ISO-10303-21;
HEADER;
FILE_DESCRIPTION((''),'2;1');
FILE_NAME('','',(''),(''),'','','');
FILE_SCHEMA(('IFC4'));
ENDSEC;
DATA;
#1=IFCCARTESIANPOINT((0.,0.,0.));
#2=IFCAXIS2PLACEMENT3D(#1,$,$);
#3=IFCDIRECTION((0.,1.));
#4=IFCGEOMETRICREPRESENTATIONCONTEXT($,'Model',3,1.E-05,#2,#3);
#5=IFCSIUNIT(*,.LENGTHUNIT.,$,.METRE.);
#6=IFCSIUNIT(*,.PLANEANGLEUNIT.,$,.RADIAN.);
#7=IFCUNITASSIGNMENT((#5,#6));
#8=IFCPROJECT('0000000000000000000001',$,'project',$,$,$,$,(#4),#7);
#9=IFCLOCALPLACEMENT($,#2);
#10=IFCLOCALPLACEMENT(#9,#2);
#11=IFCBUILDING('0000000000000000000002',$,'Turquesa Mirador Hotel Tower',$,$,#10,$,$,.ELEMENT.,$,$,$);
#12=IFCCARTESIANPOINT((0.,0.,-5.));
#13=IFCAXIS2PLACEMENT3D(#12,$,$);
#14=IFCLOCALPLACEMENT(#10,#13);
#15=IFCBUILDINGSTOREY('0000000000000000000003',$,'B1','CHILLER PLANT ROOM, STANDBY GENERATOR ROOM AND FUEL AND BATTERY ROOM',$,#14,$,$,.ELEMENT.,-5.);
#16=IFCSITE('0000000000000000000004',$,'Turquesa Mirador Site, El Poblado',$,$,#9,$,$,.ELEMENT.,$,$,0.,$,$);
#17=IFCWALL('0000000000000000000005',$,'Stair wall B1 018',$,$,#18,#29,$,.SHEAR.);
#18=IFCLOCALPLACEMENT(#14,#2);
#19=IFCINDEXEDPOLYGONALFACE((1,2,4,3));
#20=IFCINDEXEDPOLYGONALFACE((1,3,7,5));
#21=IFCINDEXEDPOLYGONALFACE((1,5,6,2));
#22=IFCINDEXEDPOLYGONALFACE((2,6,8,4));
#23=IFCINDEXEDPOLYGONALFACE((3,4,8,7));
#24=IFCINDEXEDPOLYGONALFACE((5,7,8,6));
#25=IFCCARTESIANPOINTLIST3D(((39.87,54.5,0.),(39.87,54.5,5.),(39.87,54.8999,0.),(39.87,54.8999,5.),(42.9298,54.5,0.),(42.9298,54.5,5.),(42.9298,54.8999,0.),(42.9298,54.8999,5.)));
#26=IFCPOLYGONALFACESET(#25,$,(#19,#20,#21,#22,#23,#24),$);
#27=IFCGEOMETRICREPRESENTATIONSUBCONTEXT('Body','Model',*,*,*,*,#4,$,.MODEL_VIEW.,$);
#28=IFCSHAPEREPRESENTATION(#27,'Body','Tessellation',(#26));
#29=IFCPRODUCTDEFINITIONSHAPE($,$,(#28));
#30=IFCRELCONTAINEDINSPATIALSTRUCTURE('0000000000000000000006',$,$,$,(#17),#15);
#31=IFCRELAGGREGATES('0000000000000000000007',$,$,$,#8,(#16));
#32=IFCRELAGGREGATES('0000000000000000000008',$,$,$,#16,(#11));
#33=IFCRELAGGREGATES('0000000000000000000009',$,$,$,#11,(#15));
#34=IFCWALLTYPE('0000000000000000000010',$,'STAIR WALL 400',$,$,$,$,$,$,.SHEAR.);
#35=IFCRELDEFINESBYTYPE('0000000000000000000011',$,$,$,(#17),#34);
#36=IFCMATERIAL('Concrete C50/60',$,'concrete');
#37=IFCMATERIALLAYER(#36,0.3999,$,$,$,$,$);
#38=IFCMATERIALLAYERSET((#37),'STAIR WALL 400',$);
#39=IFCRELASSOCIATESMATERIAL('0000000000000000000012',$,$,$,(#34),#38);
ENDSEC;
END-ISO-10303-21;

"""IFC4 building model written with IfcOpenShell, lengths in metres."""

from ifc_helpers import new_model, si_unit, direction, frame, frame_2d, origin, place, context, subcontext, project, spatial, rectangle, extrude, material, layer, layer_set, type_object, element, save


model = new_model("IFC4")

# Units and contexts
model_context = context("Model", 3, precision=1e-05, world=origin(), true_north=direction((0.0, 1.0)))
body_context = subcontext(model_context, "Body", "Model", "MODEL_VIEW")
ifc_project = project(units=[si_unit("LENGTHUNIT", "METRE"), si_unit("PLANEANGLEUNIT", "RADIAN")], contexts=[model_context])

# Site, building, storey
site_placement = place(None, origin())
site = spatial("IfcSite", under=ifc_project, at=site_placement, Name="Turquesa Mirador Site, El Poblado", CompositionType="ELEMENT", RefElevation=0.0)
building_placement = place(site_placement, origin())
building = spatial("IfcBuilding", under=site, at=building_placement, Name="Turquesa Mirador Hotel Tower", CompositionType="ELEMENT")
storey_placement = place(building_placement, frame((0.0, 0.0, -5.0)))
storey = spatial("IfcBuildingStorey", under=building, at=storey_placement, Name="B1", Description="CHILLER PLANT ROOM, STANDBY GENERATOR ROOM AND FUEL AND BATTERY ROOM", CompositionType="ELEMENT", Elevation=-5.0)

# Wall
ifc_material_1 = material(Name="Concrete C50/60", Category="concrete")
ifc_layer_1 = layer(ifc_material_1, 0.3999)
ifc_layer_set_1 = layer_set([ifc_layer_1], Name="STAIR WALL 400")
wall_type_1 = type_object("IfcWallType", Name="STAIR WALL 400", PredefinedType="SHEAR", material=ifc_layer_set_1)
wall_1_placement = place(storey_placement, frame((39.8701, 54.7, 0.0), z_axis=(0.0, 0.0, 1.0), x_axis=(1.0, 0.0, 0.0)))
element("IfcWall", 1, at=wall_1_placement, inside=storey, type_object=wall_type_1, Name="Stair wall B1 018", PredefinedType="SHEAR", context=body_context, shape_type="SweptSolid", body=[
    extrude(rectangle(XDim=3.0598, YDim=0.3999, at=frame_2d((1.5298, 0.0))), origin(), (0.0, 0.0, 1.0), 5.0),
])

save(model, "model.ifc")
